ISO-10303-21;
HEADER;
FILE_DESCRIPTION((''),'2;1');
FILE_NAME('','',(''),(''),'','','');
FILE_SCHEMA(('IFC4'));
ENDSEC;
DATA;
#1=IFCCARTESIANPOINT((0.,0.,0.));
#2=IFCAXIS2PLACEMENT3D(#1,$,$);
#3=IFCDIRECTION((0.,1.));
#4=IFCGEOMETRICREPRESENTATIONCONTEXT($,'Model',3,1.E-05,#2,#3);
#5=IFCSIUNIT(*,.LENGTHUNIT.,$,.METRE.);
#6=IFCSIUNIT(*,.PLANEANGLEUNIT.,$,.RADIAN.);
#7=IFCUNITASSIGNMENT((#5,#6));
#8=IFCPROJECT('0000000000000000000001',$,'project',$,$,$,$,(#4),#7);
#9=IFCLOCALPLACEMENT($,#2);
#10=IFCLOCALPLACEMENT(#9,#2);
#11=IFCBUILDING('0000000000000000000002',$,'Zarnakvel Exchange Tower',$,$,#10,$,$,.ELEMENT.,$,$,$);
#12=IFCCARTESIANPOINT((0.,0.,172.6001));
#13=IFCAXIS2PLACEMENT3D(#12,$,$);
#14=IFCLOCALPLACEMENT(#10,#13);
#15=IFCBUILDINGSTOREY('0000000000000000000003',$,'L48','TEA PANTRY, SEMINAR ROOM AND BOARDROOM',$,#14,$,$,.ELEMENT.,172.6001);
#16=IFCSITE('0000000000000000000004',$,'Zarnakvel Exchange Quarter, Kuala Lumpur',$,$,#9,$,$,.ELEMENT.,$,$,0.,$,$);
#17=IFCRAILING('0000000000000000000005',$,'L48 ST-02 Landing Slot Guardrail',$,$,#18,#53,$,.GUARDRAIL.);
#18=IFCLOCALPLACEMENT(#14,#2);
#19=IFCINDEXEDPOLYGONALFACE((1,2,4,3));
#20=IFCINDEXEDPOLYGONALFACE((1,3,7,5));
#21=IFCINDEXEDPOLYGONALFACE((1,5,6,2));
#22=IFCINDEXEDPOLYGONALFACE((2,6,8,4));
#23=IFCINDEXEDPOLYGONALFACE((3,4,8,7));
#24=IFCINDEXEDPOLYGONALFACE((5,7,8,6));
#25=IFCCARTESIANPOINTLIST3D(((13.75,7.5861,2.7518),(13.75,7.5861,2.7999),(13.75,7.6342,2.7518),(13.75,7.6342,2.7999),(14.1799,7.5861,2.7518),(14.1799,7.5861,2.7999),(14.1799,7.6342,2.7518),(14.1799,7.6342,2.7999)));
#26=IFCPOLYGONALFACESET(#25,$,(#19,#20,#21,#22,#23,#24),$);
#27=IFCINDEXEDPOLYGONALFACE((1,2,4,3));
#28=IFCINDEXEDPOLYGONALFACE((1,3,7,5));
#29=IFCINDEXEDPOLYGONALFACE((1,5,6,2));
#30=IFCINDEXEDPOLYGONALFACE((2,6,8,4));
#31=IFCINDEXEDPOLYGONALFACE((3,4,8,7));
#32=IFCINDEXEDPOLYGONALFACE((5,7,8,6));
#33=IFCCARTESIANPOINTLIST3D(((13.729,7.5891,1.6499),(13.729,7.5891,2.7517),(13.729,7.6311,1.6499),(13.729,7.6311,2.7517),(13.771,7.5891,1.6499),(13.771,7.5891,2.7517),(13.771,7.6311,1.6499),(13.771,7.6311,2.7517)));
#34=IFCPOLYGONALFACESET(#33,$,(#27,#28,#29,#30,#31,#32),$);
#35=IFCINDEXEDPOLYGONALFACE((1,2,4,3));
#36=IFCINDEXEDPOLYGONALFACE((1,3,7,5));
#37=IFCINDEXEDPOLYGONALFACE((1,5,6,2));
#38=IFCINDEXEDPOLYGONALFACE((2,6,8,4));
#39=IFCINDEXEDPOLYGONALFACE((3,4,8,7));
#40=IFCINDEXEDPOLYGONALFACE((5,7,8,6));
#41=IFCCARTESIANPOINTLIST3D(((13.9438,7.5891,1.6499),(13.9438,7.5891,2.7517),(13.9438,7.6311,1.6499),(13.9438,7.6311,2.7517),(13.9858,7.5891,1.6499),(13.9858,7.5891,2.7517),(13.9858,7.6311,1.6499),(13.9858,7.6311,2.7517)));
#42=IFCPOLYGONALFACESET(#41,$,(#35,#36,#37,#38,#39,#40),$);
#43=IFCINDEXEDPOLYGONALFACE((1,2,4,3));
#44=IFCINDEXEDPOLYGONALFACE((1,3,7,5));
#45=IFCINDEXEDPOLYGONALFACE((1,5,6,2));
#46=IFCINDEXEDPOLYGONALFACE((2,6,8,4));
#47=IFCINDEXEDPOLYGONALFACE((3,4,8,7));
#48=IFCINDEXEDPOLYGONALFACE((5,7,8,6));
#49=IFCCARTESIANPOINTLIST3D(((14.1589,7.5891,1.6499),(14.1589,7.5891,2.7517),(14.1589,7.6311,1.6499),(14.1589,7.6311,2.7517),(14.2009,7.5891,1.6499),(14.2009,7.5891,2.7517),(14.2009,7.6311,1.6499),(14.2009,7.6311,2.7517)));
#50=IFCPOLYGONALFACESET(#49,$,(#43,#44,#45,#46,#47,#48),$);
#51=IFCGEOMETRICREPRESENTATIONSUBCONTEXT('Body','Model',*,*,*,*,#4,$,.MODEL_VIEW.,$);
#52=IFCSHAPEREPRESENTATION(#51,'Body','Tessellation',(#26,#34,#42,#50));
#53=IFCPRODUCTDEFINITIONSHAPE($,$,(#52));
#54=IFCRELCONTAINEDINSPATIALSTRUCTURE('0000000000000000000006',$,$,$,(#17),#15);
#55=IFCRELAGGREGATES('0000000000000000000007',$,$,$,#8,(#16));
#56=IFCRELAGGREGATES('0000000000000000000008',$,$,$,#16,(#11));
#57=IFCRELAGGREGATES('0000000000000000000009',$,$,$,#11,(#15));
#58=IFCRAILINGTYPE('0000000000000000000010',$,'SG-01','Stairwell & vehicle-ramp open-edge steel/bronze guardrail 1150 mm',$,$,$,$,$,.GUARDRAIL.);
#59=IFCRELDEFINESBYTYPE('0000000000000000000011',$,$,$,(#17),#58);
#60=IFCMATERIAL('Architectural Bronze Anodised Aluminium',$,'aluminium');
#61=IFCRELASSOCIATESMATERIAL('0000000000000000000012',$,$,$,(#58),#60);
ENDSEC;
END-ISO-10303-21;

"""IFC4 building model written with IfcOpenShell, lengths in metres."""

from ifc_helpers import new_model, si_unit, direction, frame, origin, origin_2d, place, context, subcontext, project, spatial, rectangle, extrude, material, type_object, element, save


model = new_model("IFC4")

# Units and contexts
model_context = context("Model", 3, precision=1e-05, world=origin(), true_north=direction((0.0, 1.0)))
body_context = subcontext(model_context, "Body", "Model", "MODEL_VIEW")
ifc_project = project(units=[si_unit("LENGTHUNIT", "METRE"), si_unit("PLANEANGLEUNIT", "RADIAN")], contexts=[model_context])

# Site, building, storey
site_placement = place(None, origin())
site = spatial("IfcSite", under=ifc_project, at=site_placement, Name="Zarnakvel Exchange Quarter, Kuala Lumpur", CompositionType="ELEMENT", RefElevation=0.0)
building_placement = place(site_placement, origin())
building = spatial("IfcBuilding", under=site, at=building_placement, Name="Zarnakvel Exchange Tower", CompositionType="ELEMENT")
storey_placement = place(building_placement, frame((0.0, 0.0, 172.6001)))
storey = spatial("IfcBuildingStorey", under=building, at=storey_placement, Name="L48", Description="TEA PANTRY, SEMINAR ROOM AND BOARDROOM", CompositionType="ELEMENT", Elevation=172.6001)

# Shared definitions
ifc_material_1 = material(Name="Architectural Bronze Anodised Aluminium", Category="aluminium")

# Railing
railing_type_1 = type_object("IfcRailingType", Name="SG-01", Description="Stairwell & vehicle-ramp open-edge steel/bronze guardrail 1150 mm", PredefinedType="GUARDRAIL", material=ifc_material_1)
railing_1_placement = place(storey_placement, frame((13.75, 7.6101, 1.6499)))
element("IfcRailing", 1, at=railing_1_placement, inside=storey, type_object=railing_type_1, Name="L48 ST-02 Landing Slot Guardrail", PredefinedType="GUARDRAIL", context=body_context, shape_type="SweptSolid", body=[
    extrude(rectangle(XDim=0.0481, YDim=0.0481, at=origin_2d()), frame((0.0, 0.0, 1.126), z_axis=(1.0, 0.0, 0.0), x_axis=(0.0, 1.0, 0.0)), (0.0, 0.0, 1.0), 0.4299),
    extrude(rectangle(XDim=0.042, YDim=0.042, at=origin_2d()), origin(), (0.0, 0.0, 1.0), 1.1018),
    extrude(rectangle(XDim=0.042, YDim=0.042, at=origin_2d()), frame((0.2148, 0.0, 0.0)), (0.0, 0.0, 1.0), 1.1018),
    extrude(rectangle(XDim=0.042, YDim=0.042, at=origin_2d()), frame((0.4299, 0.0, 0.0)), (0.0, 0.0, 1.0), 1.1018),
])

save(model, "model.ifc")
